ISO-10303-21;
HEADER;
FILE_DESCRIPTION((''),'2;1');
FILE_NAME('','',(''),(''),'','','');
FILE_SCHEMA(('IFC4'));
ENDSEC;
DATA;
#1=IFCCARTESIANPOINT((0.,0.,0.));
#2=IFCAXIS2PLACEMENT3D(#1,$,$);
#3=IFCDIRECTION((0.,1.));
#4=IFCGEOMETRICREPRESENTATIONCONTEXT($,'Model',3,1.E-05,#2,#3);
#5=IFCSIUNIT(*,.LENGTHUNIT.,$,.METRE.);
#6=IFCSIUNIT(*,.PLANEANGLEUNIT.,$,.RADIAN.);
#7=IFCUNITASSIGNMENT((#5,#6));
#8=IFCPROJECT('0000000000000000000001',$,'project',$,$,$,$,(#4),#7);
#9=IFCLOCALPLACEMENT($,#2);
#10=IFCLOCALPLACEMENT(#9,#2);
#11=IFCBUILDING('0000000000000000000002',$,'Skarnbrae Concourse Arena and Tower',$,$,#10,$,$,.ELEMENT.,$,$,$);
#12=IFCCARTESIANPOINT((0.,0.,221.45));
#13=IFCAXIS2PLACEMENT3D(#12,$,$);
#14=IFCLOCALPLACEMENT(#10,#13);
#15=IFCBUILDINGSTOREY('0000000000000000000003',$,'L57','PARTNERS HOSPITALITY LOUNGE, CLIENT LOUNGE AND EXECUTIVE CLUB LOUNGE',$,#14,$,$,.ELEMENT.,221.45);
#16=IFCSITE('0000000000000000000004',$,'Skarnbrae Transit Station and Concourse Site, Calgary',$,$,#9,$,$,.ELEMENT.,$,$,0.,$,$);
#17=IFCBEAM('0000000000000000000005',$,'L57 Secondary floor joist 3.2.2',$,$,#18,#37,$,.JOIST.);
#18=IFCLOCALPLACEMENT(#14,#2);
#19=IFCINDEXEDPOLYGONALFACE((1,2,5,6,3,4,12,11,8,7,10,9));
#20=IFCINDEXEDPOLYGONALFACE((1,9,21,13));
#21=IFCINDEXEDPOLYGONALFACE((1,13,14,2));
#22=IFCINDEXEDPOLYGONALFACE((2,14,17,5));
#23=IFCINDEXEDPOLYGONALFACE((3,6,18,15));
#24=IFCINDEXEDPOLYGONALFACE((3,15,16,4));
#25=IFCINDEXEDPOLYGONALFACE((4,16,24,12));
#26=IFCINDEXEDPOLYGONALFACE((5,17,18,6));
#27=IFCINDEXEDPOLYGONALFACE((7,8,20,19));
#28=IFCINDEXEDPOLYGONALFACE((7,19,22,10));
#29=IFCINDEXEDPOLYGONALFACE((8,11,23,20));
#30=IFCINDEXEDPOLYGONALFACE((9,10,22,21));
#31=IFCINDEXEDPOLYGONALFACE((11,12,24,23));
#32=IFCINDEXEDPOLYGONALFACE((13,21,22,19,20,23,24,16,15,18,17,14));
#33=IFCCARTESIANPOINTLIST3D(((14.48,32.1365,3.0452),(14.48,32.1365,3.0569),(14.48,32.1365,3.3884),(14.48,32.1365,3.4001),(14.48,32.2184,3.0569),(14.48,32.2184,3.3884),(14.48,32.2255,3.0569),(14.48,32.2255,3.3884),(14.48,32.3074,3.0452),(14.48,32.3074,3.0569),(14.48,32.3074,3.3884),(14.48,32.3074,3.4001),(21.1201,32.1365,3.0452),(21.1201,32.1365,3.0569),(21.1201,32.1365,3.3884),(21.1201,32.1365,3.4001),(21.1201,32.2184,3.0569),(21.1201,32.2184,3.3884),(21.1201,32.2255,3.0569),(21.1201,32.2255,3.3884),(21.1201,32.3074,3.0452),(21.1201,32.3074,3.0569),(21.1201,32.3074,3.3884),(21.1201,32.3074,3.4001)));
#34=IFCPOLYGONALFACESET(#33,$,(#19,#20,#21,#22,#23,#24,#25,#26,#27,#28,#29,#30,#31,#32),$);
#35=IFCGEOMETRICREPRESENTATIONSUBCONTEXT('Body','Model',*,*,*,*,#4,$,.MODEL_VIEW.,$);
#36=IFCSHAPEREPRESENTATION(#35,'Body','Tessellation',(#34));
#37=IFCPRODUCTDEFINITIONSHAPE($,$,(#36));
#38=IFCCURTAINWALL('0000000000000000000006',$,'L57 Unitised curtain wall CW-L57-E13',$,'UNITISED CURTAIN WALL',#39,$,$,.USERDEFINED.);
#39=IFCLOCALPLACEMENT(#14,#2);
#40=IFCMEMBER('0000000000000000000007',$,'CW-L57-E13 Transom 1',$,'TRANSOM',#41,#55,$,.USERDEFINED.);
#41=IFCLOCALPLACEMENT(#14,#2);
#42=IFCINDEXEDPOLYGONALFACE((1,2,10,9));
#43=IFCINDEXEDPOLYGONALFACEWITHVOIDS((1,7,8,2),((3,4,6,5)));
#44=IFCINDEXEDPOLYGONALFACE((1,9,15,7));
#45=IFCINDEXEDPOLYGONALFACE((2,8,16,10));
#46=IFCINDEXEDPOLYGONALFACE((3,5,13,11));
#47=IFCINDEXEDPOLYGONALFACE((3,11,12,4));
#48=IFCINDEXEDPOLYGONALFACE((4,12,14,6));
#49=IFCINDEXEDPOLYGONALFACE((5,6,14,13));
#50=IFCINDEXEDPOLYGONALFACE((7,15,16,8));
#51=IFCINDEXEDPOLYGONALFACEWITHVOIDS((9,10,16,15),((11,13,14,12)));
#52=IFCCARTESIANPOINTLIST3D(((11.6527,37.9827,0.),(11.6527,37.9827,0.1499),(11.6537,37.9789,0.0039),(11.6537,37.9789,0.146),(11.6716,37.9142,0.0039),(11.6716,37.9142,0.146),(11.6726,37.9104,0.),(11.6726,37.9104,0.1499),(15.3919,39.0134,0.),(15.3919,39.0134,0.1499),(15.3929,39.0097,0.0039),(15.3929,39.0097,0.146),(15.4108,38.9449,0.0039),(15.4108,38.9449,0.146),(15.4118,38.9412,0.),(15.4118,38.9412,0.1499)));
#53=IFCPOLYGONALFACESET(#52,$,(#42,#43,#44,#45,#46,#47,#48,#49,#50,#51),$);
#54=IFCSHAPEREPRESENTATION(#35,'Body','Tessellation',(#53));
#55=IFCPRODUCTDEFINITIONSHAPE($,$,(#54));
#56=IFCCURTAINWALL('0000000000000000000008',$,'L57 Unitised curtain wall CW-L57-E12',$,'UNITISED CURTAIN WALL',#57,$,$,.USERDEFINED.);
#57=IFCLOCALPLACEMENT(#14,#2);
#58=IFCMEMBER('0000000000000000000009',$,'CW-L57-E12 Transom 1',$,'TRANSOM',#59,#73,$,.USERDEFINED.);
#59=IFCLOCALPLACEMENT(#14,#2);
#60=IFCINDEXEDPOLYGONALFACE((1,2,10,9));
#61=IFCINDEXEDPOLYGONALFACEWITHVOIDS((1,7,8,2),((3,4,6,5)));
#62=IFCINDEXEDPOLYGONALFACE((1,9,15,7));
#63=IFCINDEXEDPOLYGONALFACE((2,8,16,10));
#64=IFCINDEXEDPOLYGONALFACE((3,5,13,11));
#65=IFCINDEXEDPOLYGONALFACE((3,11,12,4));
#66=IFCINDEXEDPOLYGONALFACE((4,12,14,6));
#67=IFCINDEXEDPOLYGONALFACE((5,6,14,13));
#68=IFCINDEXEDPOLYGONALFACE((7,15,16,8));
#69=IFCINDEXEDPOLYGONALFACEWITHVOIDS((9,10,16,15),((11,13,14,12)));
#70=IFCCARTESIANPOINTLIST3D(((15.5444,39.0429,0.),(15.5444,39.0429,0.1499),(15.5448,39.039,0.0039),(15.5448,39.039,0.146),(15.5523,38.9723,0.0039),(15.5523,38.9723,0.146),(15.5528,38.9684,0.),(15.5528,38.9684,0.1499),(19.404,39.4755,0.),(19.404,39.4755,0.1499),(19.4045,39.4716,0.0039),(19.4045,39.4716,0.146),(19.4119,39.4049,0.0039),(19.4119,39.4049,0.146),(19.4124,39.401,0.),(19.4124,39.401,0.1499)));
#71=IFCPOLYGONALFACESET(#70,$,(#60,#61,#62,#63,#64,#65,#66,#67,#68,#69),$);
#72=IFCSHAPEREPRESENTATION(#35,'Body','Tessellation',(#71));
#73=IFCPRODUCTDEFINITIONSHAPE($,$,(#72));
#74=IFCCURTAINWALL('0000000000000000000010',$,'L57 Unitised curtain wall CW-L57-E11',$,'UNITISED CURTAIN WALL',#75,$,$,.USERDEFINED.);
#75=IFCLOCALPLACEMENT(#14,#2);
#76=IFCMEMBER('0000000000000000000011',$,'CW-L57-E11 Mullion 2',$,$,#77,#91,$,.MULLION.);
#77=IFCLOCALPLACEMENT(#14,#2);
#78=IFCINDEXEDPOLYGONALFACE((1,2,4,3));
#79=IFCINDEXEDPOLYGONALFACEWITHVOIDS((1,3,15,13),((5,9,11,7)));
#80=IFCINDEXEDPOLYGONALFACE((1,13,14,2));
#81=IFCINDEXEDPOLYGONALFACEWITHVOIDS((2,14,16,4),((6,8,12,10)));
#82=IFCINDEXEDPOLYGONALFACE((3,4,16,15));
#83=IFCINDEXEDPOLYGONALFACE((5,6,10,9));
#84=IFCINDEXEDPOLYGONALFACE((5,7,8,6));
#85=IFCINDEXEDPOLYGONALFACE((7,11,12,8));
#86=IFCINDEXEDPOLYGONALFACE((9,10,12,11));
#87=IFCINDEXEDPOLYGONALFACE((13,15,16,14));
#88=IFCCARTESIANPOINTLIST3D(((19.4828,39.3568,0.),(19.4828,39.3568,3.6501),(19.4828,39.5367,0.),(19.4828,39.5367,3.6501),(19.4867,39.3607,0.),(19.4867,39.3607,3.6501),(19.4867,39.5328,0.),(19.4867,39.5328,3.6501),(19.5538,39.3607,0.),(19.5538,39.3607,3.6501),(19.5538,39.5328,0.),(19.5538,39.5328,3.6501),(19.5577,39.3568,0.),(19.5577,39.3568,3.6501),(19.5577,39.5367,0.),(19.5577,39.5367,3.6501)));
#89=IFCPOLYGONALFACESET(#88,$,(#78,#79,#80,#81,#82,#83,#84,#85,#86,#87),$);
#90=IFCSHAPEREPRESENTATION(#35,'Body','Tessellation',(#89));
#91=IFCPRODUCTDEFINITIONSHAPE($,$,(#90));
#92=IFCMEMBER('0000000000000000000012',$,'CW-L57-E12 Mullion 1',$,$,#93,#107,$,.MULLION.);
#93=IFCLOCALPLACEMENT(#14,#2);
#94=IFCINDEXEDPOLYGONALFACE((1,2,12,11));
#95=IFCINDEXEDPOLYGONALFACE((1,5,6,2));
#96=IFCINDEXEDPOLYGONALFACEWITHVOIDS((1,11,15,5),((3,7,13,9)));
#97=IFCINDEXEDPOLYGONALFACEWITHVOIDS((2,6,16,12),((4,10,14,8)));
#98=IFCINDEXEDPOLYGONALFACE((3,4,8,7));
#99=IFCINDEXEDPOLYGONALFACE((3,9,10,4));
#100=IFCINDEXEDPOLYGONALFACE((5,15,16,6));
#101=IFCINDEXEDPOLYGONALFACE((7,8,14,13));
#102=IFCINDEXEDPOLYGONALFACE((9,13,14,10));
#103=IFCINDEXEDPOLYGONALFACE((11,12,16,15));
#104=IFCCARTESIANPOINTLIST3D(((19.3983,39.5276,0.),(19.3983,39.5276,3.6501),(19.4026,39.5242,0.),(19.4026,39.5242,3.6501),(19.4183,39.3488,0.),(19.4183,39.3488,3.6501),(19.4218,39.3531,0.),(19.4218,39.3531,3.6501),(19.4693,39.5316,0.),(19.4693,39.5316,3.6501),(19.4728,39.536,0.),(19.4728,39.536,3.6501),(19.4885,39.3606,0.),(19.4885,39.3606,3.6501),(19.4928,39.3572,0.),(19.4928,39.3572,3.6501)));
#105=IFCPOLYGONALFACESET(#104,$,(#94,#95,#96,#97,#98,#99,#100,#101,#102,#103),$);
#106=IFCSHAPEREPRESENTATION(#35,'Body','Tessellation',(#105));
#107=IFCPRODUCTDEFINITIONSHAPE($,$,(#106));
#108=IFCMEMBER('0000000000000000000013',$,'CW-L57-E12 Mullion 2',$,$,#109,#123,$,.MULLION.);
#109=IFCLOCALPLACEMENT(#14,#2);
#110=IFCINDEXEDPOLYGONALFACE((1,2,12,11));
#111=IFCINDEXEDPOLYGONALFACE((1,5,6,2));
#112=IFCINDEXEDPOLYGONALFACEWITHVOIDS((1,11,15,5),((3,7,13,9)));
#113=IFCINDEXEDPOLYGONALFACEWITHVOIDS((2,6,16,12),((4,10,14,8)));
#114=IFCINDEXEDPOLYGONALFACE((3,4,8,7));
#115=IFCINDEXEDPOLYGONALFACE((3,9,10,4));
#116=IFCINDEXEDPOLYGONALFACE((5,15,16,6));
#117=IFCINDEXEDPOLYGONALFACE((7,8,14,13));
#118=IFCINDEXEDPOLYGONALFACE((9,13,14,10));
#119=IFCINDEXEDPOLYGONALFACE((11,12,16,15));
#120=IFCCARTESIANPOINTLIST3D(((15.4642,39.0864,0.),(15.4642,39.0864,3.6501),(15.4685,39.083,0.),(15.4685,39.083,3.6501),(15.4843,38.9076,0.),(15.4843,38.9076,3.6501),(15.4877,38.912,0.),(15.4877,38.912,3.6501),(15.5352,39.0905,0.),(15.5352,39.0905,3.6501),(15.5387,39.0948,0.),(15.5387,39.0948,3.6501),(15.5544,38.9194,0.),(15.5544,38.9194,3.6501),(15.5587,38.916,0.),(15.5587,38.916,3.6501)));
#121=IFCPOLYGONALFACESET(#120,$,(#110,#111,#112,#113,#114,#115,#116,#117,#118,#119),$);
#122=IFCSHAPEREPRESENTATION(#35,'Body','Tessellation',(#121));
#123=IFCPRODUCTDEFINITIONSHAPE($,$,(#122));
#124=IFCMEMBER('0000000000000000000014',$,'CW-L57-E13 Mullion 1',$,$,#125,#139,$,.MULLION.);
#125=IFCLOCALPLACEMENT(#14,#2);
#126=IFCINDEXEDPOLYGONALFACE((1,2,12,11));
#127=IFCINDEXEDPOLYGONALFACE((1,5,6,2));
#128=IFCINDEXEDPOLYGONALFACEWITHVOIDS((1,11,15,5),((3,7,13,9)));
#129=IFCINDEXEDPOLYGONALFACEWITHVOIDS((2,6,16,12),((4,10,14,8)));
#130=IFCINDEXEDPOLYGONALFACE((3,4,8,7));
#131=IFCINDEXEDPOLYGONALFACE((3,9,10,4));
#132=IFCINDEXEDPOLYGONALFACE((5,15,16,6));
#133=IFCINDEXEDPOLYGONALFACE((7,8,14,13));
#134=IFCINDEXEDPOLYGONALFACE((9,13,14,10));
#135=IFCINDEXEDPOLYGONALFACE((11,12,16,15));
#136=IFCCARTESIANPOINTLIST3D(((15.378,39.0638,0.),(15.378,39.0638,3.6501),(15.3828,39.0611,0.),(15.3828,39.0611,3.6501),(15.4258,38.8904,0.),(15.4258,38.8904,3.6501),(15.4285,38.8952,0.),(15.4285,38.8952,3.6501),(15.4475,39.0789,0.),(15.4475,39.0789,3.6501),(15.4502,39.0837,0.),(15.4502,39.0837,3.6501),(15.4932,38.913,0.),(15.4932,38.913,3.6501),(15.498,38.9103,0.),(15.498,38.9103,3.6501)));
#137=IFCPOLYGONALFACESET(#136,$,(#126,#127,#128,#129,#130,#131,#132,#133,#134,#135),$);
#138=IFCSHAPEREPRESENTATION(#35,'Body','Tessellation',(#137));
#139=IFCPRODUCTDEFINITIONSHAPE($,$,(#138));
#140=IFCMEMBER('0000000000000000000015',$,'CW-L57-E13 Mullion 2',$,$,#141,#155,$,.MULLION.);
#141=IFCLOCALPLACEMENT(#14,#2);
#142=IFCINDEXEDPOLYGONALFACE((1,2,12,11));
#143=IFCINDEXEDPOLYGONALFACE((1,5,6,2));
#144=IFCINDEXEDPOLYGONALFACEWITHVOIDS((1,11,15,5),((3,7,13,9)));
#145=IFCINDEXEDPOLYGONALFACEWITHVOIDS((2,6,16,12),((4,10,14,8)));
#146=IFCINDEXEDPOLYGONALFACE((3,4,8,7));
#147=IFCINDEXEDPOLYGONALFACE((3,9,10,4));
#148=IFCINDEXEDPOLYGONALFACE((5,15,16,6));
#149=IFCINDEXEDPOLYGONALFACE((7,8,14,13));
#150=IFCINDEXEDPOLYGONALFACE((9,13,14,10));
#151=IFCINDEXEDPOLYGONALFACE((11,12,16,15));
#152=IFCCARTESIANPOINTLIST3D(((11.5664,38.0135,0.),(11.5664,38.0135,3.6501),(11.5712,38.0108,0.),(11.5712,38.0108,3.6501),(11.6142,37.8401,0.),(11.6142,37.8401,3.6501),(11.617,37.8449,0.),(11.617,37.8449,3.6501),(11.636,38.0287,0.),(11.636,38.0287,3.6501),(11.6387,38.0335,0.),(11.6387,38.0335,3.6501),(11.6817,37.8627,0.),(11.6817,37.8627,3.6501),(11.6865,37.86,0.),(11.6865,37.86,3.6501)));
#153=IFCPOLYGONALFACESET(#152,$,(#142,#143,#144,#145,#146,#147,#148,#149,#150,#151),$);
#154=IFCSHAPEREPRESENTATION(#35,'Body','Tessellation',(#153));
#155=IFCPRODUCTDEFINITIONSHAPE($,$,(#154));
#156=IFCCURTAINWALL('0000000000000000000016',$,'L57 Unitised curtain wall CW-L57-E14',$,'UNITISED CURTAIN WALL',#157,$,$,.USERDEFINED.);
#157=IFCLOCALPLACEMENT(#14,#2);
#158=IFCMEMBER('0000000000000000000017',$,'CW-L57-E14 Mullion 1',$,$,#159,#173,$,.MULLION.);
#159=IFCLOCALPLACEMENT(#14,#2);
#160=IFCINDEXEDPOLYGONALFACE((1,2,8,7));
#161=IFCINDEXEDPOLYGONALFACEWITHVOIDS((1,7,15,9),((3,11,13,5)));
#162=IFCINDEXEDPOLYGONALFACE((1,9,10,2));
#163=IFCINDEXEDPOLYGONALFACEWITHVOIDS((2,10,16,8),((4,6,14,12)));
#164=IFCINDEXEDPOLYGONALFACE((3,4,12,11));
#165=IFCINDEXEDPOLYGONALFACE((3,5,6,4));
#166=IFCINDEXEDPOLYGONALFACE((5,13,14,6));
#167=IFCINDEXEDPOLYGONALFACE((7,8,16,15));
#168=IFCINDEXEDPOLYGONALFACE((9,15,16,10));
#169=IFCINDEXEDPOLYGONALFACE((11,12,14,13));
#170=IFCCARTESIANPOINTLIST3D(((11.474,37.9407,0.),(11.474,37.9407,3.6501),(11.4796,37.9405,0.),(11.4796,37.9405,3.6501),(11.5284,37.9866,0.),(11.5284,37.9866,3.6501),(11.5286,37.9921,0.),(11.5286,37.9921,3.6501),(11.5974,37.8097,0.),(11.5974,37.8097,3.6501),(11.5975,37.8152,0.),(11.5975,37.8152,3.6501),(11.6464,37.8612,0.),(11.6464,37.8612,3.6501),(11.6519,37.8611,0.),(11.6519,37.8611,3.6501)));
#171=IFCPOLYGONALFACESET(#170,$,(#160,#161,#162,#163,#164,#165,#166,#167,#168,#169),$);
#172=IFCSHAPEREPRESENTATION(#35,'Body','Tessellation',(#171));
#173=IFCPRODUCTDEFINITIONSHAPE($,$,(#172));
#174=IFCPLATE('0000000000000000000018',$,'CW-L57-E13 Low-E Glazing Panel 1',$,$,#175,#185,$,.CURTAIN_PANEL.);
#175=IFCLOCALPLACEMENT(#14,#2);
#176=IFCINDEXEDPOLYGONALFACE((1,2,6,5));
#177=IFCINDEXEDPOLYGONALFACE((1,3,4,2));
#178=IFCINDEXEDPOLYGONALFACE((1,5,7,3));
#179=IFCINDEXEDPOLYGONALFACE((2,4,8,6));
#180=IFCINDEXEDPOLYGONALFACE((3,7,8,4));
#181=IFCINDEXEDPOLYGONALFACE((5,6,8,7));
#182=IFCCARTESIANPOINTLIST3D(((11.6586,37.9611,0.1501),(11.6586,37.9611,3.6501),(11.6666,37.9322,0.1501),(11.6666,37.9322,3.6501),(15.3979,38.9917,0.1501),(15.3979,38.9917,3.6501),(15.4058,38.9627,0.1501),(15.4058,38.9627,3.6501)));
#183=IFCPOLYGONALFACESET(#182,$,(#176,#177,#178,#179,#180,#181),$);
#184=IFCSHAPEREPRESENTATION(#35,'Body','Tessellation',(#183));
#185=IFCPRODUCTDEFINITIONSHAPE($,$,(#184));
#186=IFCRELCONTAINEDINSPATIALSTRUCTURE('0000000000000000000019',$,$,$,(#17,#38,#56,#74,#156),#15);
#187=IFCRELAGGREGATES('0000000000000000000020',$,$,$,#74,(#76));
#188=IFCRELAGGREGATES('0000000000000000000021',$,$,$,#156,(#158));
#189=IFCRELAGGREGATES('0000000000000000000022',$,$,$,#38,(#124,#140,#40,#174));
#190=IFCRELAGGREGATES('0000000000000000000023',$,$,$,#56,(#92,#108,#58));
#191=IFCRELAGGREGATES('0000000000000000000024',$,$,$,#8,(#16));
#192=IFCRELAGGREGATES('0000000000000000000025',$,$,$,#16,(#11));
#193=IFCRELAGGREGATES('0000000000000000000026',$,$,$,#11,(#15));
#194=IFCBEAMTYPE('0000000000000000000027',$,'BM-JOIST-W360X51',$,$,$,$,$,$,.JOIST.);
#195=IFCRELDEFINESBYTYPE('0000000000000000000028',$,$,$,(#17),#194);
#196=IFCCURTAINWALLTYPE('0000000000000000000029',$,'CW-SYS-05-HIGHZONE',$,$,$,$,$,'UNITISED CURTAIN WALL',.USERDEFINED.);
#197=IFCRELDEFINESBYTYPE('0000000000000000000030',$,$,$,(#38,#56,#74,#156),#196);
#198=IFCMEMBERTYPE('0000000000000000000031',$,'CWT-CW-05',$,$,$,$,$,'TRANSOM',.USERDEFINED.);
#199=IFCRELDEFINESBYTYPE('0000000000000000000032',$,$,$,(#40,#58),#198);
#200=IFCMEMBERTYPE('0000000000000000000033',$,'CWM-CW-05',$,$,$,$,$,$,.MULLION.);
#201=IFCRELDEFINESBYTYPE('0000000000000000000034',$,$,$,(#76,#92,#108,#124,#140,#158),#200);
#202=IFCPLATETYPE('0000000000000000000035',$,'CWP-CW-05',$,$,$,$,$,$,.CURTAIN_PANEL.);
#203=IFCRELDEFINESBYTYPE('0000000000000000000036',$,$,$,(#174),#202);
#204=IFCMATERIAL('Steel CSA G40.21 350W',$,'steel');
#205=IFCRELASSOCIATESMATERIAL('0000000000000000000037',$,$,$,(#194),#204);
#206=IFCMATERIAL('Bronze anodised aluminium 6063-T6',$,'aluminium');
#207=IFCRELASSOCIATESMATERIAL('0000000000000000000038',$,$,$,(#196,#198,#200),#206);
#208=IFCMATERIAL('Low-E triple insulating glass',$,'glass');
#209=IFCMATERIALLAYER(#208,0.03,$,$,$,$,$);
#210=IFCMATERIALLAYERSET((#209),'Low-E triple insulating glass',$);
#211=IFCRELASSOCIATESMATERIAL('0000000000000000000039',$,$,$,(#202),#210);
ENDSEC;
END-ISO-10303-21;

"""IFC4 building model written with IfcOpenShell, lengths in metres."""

from ifc_helpers import new_model, si_unit, direction, frame, origin, origin_2d, place, context, subcontext, project, spatial, rectangle, hollow_rectangle, i_section, extrude, source, transform, mapped, material, layer, layer_set, material_profile, profile_set, type_object, element, aggregate, save


model = new_model("IFC4")

# Units and contexts
model_context = context("Model", 3, precision=1e-05, world=origin(), true_north=direction((0.0, 1.0)))
body_context = subcontext(model_context, "Body", "Model", "MODEL_VIEW")
ifc_project = project(units=[si_unit("LENGTHUNIT", "METRE"), si_unit("PLANEANGLEUNIT", "RADIAN")], contexts=[model_context])

# Site, building, storey
site_placement = place(None, origin())
site = spatial("IfcSite", under=ifc_project, at=site_placement, Name="Skarnbrae Transit Station and Concourse Site, Calgary", CompositionType="ELEMENT", RefElevation=0.0)
building_placement = place(site_placement, origin())
building = spatial("IfcBuilding", under=site, at=building_placement, Name="Skarnbrae Concourse Arena and Tower", CompositionType="ELEMENT")
storey_placement = place(building_placement, frame((0.0, 0.0, 221.45)))
storey = spatial("IfcBuildingStorey", under=building, at=storey_placement, Name="L57", Description="PARTNERS HOSPITALITY LOUNGE, CLIENT LOUNGE AND EXECUTIVE CLUB LOUNGE", CompositionType="ELEMENT", Elevation=221.45)

# Shared definitions
ifc_material_1 = material(Name="Steel CSA G40.21 350W", Category="steel")

# Beam
ifc_material_profile_1 = material_profile(ifc_material_1, i_section(OverallWidth=0.1709, OverallDepth=0.355, WebThickness=0.0071, FlangeThickness=0.0117, at=origin_2d()), Name="W360X51")
ifc_profile_set_1 = profile_set([ifc_material_profile_1], Name="Steel CSA G40.21 350W")
beam_type_1 = type_object("IfcBeamType", Name="BM-JOIST-W360X51", PredefinedType="JOIST", material=ifc_profile_set_1)
shared_shape_1 = source(origin(), body_context, "Body", "SweptSolid", [
    extrude(i_section(OverallWidth=0.1709, OverallDepth=0.355, WebThickness=0.0071, FlangeThickness=0.0117, at=origin_2d()), origin(), (0.0, 0.0, 1.0), 6.6401),
])
for number, where, z_axis, x_axis, name in (
    (1, (14.48, 32.2219, 3.2227), (1.0, 0.0, 0.0), (0.0, 1.0, 0.0), "L57 Secondary floor joist 3.2.2"),
):
    element("IfcBeam", number, at=place(storey_placement, frame(where, z_axis=z_axis, x_axis=x_axis)), inside=storey, type_object=beam_type_1, Name=name, PredefinedType="JOIST", context=body_context, shape_type="MappedRepresentation", body=[
        mapped(shared_shape_1, transform((0.0, 0.0, 0.0))),
    ])

# Curtain walls, members
ifc_material_2 = material(Name="Bronze anodised aluminium 6063-T6", Category="aluminium")
curtain_wall_type = type_object("IfcCurtainWallType", Name="CW-SYS-05-HIGHZONE", ElementType="UNITISED CURTAIN WALL", PredefinedType="USERDEFINED", material=ifc_material_2)
curtain_wall_1_placement = place(storey_placement, origin())
curtain_wall_1 = element("IfcCurtainWall", 2, at=curtain_wall_1_placement, inside=storey, type_object=curtain_wall_type, Name="L57 Unitised curtain wall CW-L57-E13", ObjectType="UNITISED CURTAIN WALL", PredefinedType="USERDEFINED")
ifc_material_profile_2 = material_profile(ifc_material_2, hollow_rectangle(XDim=0.075, YDim=0.1499, WallThickness=0.0039, at=origin_2d()), Name="ALU-TRAN-75X150")
ifc_profile_set_2 = profile_set([ifc_material_profile_2], Name="Bronze anodised aluminium 6063-T6")
member_type_1 = type_object("IfcMemberType", Name="CWT-CW-05", ElementType="TRANSOM", PredefinedType="USERDEFINED", material=ifc_profile_set_2)
shared_shape_2 = source(origin(), body_context, "Body", "SweptSolid", [
    extrude(hollow_rectangle(XDim=0.075, YDim=0.1499, WallThickness=0.0039, at=origin_2d()), origin(), (0.0, 0.0, 1.0), 3.8787),
])
member_1_placement = place(storey_placement, frame((15.4019, 38.9773, 0.075), z_axis=(-0.964043, -0.265747, 0.0), x_axis=(0.265747, -0.964043, 0.0)))
member_1 = element("IfcMember", 3, at=member_1_placement, type_object=member_type_1, Name="CW-L57-E13 Transom 1", ObjectType="TRANSOM", PredefinedType="USERDEFINED", context=body_context, shape_type="MappedRepresentation", body=[
    mapped(shared_shape_2, transform((0.0, 0.0, 0.0))),
])
curtain_wall_2_placement = place(storey_placement, origin())
curtain_wall_2 = element("IfcCurtainWall", 4, at=curtain_wall_2_placement, inside=storey, type_object=curtain_wall_type, Name="L57 Unitised curtain wall CW-L57-E12", ObjectType="UNITISED CURTAIN WALL", PredefinedType="USERDEFINED")
shared_shape_3 = source(origin(), body_context, "Body", "SweptSolid", [
    extrude(hollow_rectangle(XDim=0.075, YDim=0.1499, WallThickness=0.0039, at=origin_2d()), origin(), (0.0, 0.0, 1.0), 3.8838),
])
member_2_placement = place(storey_placement, frame((19.4082, 39.4382, 0.075), z_axis=(-0.993777, -0.11139, 0.0), x_axis=(0.11139, -0.993777, 0.0)))
member_2 = element("IfcMember", 5, at=member_2_placement, type_object=member_type_1, Name="CW-L57-E12 Transom 1", ObjectType="TRANSOM", PredefinedType="USERDEFINED", context=body_context, shape_type="MappedRepresentation", body=[
    mapped(shared_shape_3, transform((0.0, 0.0, 0.0))),
])
curtain_wall_3_placement = place(storey_placement, origin())
curtain_wall_3 = element("IfcCurtainWall", 6, at=curtain_wall_3_placement, inside=storey, type_object=curtain_wall_type, Name="L57 Unitised curtain wall CW-L57-E11", ObjectType="UNITISED CURTAIN WALL", PredefinedType="USERDEFINED")
ifc_material_profile_3 = material_profile(ifc_material_2, hollow_rectangle(XDim=0.075, YDim=0.1799, WallThickness=0.0039, at=origin_2d()), Name="ALU-MULL-75X180")
ifc_profile_set_3 = profile_set([ifc_material_profile_3], Name="Bronze anodised aluminium 6063-T6")
member_type_2 = type_object("IfcMemberType", Name="CWM-CW-05", PredefinedType="MULLION", material=ifc_profile_set_3)
shared_shape_4 = source(origin(), body_context, "Body", "SweptSolid", [
    extrude(hollow_rectangle(XDim=0.075, YDim=0.1799, WallThickness=0.0039, at=origin_2d()), origin(), (0.0, 0.0, 1.0), 3.6501),
])
member_3_placement = place(storey_placement, frame((19.5203, 39.4468, 0.0), z_axis=(0.0, 0.0, 1.0), x_axis=(-1.0, 0.0, 0.0)))
member_3 = element("IfcMember", 7, at=member_3_placement, type_object=member_type_2, Name="CW-L57-E11 Mullion 2", PredefinedType="MULLION", context=body_context, shape_type="MappedRepresentation", body=[
    mapped(shared_shape_4, transform((0.0, 0.0, 0.0))),
])
aggregate(curtain_wall_3, [member_3])

# Members
member_4_placement = place(storey_placement, frame((19.4456, 39.4424, 0.0), z_axis=(0.0, 0.0, 1.0), x_axis=(-0.993769, -0.11146, 0.0)))
member_4 = element("IfcMember", 8, at=member_4_placement, type_object=member_type_2, Name="CW-L57-E12 Mullion 1", PredefinedType="MULLION", context=body_context, shape_type="MappedRepresentation", body=[
    mapped(shared_shape_4, transform((0.0, 0.0, 0.0))),
])
member_5_placement = place(storey_placement, frame((15.5115, 39.0012, 0.0), z_axis=(0.0, 0.0, 1.0), x_axis=(-0.993769, -0.11146, 0.0)))
member_5 = element("IfcMember", 9, at=member_5_placement, type_object=member_type_2, Name="CW-L57-E12 Mullion 2", PredefinedType="MULLION", context=body_context, shape_type="MappedRepresentation", body=[
    mapped(shared_shape_4, transform((0.0, 0.0, 0.0))),
])
member_6_placement = place(storey_placement, frame((15.438, 38.9871, 0.0), z_axis=(0.0, 0.0, 1.0), x_axis=(-0.964057, -0.265694, 0.0)))
member_6 = element("IfcMember", 10, at=member_6_placement, type_object=member_type_2, Name="CW-L57-E13 Mullion 1", PredefinedType="MULLION", context=body_context, shape_type="MappedRepresentation", body=[
    mapped(shared_shape_4, transform((0.0, 0.0, 0.0))),
])
member_7_placement = place(storey_placement, frame((11.6265, 37.9368, 0.0), z_axis=(0.0, 0.0, 1.0), x_axis=(-0.964057, -0.265694, 0.0)))
member_7 = element("IfcMember", 11, at=member_7_placement, type_object=member_type_2, Name="CW-L57-E13 Mullion 2", PredefinedType="MULLION", context=body_context, shape_type="MappedRepresentation", body=[
    mapped(shared_shape_4, transform((0.0, 0.0, 0.0))),
])

# Curtain wall, member
curtain_wall_4_placement = place(storey_placement, origin())
curtain_wall_4 = element("IfcCurtainWall", 12, at=curtain_wall_4_placement, inside=storey, type_object=curtain_wall_type, Name="L57 Unitised curtain wall CW-L57-E14", ObjectType="UNITISED CURTAIN WALL", PredefinedType="USERDEFINED")
member_8_placement = place(storey_placement, frame((11.563, 37.9009, 0.0), z_axis=(0.0, 0.0, 1.0), x_axis=(-0.728131, -0.685438, 0.0)))
member_8 = element("IfcMember", 13, at=member_8_placement, type_object=member_type_2, Name="CW-L57-E14 Mullion 1", PredefinedType="MULLION", context=body_context, shape_type="MappedRepresentation", body=[
    mapped(shared_shape_4, transform((0.0, 0.0, 0.0))),
])
aggregate(curtain_wall_4, [member_8])

# Plate
ifc_material_3 = material(Name="Low-E triple insulating glass", Category="glass")
ifc_layer_1 = layer(ifc_material_3, 0.03)
ifc_layer_set_1 = layer_set([ifc_layer_1], Name="Low-E triple insulating glass")
plate_type = type_object("IfcPlateType", Name="CWP-CW-05", PredefinedType="CURTAIN_PANEL", material=ifc_layer_set_1)
shared_shape_5 = source(origin(), body_context, "Body", "SweptSolid", [
    extrude(rectangle(XDim=3.8787, YDim=0.03, at=origin_2d()), origin(), (0.0, 0.0, 1.0), 3.5),
])
plate_1_placement = place(storey_placement, frame((13.5322, 38.4619, 0.1501), z_axis=(0.0, 0.0, 1.0), x_axis=(-0.964057, -0.265694, 0.0)))
plate_1 = element("IfcPlate", 14, at=plate_1_placement, type_object=plate_type, Name="CW-L57-E13 Low-E Glazing Panel 1", PredefinedType="CURTAIN_PANEL", context=body_context, shape_type="MappedRepresentation", body=[
    mapped(shared_shape_5, transform((0.0, 0.0, 0.0))),
])
aggregate(curtain_wall_1, [member_6, member_7, member_1, plate_1])
aggregate(curtain_wall_2, [member_4, member_5, member_2])

save(model, "model.ifc")
